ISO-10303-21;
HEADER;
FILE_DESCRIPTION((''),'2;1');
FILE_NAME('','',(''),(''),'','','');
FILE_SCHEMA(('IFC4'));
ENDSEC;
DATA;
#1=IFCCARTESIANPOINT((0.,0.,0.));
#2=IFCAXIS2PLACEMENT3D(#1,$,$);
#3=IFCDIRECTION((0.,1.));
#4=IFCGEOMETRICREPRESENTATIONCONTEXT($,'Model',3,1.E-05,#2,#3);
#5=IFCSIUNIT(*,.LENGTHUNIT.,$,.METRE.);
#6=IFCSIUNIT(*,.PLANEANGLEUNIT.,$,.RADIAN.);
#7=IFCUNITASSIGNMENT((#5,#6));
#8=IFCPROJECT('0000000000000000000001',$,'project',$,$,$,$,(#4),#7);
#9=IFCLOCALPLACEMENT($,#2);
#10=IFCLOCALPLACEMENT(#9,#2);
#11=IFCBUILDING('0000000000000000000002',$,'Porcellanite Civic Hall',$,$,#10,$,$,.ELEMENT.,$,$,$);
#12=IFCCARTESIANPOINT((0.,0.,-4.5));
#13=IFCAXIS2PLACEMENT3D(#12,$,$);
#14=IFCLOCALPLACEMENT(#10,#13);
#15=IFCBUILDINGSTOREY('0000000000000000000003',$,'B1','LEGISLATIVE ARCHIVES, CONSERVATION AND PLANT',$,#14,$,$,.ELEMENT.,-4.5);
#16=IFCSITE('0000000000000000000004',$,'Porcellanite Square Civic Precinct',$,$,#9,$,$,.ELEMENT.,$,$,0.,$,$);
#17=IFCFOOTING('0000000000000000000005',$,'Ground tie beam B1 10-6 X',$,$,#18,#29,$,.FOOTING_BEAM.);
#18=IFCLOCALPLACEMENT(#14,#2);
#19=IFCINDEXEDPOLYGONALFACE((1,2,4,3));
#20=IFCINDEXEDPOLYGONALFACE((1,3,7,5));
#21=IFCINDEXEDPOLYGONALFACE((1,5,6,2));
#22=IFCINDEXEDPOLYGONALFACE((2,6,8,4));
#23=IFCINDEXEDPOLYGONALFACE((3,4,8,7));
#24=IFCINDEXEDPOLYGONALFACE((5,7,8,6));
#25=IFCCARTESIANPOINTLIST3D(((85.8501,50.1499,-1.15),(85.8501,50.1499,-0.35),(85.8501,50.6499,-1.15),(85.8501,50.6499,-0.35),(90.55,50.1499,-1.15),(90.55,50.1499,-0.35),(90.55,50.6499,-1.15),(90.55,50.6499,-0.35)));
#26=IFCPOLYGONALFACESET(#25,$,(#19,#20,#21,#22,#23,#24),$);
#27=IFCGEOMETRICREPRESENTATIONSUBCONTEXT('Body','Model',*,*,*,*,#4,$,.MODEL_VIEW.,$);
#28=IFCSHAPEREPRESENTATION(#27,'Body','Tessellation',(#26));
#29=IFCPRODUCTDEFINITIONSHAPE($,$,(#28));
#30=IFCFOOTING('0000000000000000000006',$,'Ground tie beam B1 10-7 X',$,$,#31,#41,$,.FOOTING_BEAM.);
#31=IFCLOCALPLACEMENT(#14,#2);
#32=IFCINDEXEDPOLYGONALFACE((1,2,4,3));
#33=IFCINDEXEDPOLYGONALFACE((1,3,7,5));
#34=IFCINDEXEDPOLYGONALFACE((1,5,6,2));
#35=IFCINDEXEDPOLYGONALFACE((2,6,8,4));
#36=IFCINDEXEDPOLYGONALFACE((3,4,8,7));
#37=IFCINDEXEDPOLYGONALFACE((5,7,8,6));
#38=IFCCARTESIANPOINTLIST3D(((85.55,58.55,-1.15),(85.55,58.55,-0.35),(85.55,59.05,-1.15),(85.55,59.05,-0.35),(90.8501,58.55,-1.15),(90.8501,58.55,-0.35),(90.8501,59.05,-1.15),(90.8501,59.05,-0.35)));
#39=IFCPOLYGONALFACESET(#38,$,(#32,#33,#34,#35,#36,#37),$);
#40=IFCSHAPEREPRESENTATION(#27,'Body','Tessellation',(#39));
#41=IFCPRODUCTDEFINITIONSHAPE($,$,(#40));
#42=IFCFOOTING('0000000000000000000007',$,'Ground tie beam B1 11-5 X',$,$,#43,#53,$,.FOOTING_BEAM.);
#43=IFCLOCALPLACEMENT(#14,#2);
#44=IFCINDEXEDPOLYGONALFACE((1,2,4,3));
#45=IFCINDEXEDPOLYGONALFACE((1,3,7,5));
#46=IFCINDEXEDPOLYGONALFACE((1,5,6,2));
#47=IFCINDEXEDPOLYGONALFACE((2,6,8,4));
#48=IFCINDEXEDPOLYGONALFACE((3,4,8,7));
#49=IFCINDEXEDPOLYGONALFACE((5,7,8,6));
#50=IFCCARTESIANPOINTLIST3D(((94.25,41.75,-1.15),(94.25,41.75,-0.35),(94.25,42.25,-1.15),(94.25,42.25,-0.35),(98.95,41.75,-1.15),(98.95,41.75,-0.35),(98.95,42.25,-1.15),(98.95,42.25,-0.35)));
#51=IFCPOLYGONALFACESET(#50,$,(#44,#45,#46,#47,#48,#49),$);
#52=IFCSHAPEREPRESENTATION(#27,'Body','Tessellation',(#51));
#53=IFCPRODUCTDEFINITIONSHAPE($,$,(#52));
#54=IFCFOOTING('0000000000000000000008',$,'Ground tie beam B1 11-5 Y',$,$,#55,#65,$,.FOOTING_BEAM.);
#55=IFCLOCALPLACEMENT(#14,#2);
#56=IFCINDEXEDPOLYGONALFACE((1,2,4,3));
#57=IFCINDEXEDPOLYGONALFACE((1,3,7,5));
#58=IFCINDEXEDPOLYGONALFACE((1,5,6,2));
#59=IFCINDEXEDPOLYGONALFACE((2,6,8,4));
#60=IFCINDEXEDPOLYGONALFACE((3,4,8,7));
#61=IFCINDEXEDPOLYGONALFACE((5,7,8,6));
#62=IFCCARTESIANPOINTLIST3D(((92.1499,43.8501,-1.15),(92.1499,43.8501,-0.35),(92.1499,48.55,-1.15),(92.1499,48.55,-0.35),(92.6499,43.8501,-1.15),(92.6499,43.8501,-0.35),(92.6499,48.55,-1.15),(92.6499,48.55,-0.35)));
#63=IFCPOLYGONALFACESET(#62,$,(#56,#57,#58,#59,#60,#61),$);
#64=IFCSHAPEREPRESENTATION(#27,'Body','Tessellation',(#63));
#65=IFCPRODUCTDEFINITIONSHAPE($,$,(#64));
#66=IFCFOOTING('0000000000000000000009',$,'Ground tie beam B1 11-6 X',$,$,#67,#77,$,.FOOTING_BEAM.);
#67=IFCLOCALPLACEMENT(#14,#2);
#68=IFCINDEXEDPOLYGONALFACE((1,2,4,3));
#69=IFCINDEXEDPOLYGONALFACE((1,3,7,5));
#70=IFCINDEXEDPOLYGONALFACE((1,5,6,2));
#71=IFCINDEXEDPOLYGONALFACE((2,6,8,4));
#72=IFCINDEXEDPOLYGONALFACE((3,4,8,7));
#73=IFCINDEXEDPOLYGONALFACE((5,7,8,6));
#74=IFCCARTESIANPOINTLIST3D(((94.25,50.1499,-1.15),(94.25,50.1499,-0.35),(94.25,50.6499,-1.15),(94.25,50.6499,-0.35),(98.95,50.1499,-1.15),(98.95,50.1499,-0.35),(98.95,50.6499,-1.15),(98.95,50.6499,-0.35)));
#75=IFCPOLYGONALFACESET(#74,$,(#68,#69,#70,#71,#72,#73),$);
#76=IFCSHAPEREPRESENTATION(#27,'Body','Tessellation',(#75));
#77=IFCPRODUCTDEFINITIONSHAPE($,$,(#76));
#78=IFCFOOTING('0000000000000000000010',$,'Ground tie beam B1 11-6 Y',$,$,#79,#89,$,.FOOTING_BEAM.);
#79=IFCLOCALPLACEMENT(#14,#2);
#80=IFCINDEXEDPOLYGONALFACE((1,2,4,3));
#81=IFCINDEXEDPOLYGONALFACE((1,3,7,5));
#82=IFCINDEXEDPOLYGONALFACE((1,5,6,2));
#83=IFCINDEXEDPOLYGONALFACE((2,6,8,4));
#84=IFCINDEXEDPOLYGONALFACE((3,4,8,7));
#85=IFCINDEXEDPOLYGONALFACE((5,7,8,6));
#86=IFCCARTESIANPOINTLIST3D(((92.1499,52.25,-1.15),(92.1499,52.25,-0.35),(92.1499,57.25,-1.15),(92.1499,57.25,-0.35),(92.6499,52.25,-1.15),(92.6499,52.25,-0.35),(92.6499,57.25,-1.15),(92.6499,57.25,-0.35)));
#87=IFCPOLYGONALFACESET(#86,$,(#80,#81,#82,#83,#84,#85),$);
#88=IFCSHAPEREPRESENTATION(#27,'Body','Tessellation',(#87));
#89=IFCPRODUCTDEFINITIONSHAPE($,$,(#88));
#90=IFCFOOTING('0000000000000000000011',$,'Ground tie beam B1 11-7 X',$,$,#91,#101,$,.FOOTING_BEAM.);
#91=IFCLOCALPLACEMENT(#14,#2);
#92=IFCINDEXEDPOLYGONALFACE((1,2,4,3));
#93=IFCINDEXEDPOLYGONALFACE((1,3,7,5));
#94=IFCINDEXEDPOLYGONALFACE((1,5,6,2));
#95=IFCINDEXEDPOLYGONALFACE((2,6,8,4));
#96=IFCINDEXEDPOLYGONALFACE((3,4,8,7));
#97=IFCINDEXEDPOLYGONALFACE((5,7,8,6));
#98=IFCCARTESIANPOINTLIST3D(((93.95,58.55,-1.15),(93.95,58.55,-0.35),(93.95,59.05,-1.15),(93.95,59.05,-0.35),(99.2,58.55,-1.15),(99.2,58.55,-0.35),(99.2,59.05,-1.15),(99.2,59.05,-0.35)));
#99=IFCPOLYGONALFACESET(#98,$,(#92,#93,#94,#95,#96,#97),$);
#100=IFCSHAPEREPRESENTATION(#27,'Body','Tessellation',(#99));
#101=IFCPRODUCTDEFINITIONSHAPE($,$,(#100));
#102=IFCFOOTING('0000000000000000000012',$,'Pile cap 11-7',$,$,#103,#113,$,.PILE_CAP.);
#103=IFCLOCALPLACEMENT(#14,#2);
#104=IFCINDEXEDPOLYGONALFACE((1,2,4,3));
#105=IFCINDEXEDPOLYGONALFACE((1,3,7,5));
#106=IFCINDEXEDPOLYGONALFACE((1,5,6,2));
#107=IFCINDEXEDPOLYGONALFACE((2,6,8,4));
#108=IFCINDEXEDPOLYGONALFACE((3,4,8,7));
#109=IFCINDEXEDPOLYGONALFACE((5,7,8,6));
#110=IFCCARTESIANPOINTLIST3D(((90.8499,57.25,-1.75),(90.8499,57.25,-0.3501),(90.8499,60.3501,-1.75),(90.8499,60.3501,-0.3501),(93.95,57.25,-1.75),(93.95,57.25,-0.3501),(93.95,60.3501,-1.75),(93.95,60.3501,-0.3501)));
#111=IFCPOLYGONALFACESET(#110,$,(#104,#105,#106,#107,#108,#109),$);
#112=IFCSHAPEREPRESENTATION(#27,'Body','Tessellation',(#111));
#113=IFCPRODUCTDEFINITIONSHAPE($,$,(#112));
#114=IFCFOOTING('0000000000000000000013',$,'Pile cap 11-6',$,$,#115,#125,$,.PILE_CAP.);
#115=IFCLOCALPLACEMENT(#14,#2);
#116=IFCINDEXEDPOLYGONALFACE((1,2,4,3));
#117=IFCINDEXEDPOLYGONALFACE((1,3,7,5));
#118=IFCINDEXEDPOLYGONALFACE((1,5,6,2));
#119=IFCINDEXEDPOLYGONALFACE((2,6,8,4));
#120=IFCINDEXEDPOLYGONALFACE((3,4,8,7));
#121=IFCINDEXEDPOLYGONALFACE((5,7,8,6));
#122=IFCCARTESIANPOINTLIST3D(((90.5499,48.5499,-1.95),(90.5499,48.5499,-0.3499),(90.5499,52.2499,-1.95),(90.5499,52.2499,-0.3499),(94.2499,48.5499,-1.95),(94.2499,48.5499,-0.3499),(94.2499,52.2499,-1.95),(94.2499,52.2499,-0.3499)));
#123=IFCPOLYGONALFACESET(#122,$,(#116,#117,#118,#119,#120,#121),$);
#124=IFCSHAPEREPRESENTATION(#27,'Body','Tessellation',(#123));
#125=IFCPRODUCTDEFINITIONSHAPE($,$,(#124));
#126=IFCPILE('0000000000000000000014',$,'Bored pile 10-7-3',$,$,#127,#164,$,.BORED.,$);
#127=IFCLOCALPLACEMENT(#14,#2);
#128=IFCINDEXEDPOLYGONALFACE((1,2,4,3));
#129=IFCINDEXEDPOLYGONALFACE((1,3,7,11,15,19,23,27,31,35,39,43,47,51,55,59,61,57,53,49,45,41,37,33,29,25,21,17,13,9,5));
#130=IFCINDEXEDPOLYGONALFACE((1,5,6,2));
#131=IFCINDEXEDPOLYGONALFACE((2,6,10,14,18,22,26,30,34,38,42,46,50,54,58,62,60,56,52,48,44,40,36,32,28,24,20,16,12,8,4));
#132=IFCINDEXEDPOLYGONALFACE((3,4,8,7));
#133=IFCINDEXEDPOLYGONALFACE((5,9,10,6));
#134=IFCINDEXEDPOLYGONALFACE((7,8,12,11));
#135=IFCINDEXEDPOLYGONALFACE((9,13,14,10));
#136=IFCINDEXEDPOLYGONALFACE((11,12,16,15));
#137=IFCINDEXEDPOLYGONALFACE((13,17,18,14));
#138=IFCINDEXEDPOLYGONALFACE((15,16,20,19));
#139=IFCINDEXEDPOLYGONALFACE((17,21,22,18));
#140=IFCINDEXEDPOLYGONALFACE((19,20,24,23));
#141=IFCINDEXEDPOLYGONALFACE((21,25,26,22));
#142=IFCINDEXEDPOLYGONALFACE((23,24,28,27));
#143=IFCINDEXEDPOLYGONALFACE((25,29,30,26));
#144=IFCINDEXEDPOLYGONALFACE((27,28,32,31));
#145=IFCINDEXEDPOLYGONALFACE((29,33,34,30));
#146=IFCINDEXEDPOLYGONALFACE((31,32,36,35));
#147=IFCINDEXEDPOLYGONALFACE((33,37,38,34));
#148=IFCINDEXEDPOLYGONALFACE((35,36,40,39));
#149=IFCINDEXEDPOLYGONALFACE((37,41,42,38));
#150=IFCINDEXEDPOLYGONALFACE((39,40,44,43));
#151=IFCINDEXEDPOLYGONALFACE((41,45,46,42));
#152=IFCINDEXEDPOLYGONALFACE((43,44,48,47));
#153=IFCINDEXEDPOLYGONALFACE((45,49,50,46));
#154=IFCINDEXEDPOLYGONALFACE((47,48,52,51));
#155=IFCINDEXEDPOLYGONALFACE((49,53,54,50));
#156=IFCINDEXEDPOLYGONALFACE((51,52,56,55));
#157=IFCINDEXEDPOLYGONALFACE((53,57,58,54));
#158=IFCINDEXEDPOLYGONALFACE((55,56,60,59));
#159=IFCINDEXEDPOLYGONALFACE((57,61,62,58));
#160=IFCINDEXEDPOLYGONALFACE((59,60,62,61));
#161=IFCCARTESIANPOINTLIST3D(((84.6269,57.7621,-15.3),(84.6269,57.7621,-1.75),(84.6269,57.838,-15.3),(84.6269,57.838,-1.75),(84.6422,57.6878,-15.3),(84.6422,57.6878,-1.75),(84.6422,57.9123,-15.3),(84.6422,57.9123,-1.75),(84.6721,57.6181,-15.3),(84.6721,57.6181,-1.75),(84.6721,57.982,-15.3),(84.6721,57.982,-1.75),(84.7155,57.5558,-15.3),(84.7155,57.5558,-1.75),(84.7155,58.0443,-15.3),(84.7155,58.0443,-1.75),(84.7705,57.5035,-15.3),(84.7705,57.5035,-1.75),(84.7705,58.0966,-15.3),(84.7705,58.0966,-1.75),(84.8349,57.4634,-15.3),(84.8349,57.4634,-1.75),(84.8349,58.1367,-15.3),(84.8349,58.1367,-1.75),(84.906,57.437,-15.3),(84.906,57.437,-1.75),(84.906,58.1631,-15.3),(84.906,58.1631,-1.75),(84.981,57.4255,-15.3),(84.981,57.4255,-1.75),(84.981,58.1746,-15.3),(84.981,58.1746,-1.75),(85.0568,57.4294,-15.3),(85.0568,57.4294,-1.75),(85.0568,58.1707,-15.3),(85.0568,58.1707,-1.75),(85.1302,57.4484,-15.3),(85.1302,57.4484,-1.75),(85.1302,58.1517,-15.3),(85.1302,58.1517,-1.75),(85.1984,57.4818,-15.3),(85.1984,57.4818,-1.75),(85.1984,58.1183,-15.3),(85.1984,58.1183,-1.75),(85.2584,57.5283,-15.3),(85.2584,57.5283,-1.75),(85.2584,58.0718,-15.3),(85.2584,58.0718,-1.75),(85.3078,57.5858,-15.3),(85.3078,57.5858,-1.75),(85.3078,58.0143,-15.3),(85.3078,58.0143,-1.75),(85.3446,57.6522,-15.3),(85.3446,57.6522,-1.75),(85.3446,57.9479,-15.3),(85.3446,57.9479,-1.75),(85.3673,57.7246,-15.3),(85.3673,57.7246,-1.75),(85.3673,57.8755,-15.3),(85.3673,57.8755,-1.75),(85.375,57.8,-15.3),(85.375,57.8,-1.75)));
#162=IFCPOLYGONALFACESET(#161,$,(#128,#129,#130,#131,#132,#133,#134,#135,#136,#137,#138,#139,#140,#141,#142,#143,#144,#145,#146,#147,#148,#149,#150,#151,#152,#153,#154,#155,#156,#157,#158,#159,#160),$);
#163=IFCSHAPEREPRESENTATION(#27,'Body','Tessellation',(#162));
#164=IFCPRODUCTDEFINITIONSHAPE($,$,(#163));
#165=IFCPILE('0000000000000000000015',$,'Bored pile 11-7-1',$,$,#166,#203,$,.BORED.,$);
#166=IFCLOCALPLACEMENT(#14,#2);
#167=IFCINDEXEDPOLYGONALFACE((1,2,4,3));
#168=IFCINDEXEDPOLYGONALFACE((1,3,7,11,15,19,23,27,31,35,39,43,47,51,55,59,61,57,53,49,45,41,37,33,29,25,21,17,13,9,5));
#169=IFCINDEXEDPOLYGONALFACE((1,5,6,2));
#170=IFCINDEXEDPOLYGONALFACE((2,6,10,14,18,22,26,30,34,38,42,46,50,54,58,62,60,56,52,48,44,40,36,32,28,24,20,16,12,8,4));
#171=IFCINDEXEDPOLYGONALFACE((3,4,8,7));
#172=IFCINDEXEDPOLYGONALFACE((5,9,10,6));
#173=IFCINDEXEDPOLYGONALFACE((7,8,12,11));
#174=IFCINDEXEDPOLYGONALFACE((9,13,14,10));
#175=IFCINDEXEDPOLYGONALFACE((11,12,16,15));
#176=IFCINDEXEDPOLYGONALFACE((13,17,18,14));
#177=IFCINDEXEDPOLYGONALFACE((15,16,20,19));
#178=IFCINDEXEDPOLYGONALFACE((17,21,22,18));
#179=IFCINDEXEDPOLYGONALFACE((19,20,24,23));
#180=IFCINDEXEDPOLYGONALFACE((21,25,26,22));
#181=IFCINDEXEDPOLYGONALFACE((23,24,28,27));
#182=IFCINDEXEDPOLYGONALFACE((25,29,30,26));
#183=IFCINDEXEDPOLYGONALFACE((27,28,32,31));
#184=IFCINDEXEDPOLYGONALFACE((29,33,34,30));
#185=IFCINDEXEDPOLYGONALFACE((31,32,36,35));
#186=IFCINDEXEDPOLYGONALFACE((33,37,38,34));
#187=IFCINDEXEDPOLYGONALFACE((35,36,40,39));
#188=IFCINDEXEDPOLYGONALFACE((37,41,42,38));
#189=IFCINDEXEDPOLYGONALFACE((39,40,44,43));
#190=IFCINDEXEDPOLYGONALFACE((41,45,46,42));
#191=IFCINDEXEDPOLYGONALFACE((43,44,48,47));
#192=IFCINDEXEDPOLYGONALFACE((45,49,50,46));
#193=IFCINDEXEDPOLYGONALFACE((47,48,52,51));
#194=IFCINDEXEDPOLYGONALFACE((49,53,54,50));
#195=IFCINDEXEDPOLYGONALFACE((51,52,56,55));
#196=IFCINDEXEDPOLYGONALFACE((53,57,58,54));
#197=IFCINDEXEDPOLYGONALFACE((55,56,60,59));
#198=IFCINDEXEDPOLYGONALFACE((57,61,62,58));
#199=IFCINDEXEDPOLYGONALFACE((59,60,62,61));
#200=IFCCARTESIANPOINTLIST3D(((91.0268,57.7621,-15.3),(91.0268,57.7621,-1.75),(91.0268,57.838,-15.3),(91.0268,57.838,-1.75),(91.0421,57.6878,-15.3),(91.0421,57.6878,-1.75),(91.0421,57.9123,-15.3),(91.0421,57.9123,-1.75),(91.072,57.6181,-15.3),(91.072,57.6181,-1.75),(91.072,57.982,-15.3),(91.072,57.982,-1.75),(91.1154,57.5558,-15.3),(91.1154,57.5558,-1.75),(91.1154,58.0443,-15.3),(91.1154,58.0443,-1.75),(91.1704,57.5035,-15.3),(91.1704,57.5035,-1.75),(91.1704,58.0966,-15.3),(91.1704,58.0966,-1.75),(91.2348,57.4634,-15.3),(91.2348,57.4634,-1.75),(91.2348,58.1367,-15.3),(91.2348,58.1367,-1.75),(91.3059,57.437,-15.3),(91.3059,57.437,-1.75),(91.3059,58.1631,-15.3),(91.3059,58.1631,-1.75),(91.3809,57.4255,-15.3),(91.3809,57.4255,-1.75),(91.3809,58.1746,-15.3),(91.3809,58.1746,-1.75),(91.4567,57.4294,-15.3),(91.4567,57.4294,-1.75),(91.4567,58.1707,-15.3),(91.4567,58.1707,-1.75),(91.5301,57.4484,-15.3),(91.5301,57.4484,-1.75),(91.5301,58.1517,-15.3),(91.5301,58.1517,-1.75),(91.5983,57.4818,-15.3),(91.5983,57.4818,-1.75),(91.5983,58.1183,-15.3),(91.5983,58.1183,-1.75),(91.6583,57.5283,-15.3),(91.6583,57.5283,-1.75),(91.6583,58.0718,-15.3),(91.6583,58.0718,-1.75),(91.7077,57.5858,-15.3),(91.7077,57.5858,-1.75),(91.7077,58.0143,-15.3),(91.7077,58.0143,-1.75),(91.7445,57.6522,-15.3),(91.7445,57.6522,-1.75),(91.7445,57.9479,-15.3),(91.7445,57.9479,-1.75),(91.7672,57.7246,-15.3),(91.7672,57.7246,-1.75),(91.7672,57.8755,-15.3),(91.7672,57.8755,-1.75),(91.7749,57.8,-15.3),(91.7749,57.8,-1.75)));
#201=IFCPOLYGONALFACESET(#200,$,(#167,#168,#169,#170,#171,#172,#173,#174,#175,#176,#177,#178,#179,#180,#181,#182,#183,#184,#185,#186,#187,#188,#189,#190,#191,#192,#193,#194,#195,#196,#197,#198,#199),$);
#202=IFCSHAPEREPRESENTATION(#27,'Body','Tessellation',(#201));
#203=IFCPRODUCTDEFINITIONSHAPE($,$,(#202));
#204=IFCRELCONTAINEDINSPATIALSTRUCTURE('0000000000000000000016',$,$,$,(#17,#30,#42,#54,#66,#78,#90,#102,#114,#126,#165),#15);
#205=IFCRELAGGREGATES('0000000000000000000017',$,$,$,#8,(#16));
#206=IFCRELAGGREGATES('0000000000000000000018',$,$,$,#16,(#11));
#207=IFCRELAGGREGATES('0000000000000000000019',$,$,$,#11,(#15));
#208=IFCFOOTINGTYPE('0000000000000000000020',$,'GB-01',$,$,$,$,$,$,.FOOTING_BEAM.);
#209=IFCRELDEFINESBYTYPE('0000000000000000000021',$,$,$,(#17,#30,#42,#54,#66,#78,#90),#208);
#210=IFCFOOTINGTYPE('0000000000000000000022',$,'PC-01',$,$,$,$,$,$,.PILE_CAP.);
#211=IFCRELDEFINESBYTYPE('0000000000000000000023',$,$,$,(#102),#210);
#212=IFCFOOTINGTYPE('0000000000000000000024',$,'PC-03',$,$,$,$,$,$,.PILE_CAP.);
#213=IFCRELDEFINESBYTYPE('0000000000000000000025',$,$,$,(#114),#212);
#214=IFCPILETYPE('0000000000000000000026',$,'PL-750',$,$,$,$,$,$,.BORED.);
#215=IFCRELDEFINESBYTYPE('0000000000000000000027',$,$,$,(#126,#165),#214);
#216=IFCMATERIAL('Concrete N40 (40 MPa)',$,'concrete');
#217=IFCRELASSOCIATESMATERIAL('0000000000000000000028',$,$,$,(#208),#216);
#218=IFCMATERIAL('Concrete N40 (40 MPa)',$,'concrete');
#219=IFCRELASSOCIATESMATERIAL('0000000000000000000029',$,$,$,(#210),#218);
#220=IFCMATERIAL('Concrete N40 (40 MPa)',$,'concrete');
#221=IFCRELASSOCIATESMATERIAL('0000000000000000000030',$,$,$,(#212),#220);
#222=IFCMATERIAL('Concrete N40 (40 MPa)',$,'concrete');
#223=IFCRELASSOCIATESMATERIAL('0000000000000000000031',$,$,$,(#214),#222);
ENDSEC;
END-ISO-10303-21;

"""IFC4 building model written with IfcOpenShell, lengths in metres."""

from ifc_helpers import new_model, si_unit, direction, frame, origin, origin_2d, place, context, subcontext, project, spatial, rectangle, circle, extrude, material, material_profile, profile_set, type_object, element, save


model = new_model("IFC4")

# Units and contexts
model_context = context("Model", 3, precision=1e-05, world=origin(), true_north=direction((0.0, 1.0)))
body_context = subcontext(model_context, "Body", "Model", "MODEL_VIEW")
ifc_project = project(units=[si_unit("LENGTHUNIT", "METRE"), si_unit("PLANEANGLEUNIT", "RADIAN")], contexts=[model_context])

# Site, building, storey
site_placement = place(None, origin())
site = spatial("IfcSite", under=ifc_project, at=site_placement, Name="Porcellanite Square Civic Precinct", CompositionType="ELEMENT", RefElevation=0.0)
building_placement = place(site_placement, origin())
building = spatial("IfcBuilding", under=site, at=building_placement, Name="Porcellanite Civic Hall", CompositionType="ELEMENT")
storey_placement = place(building_placement, frame((0.0, 0.0, -4.5)))
storey = spatial("IfcBuildingStorey", under=building, at=storey_placement, Name="B1", Description="LEGISLATIVE ARCHIVES, CONSERVATION AND PLANT", CompositionType="ELEMENT", Elevation=-4.5)

# Footings
ifc_material_1 = material(Name="Concrete N40 (40 MPa)", Category="concrete")
ifc_material_profile_1 = material_profile(ifc_material_1, rectangle(XDim=0.5, YDim=0.8, at=origin_2d()), Name="RC-500x800")
ifc_profile_set_1 = profile_set([ifc_material_profile_1], Name="Concrete N40 (40 MPa)")
footing_type_1 = type_object("IfcFootingType", Name="GB-01", PredefinedType="FOOTING_BEAM", material=ifc_profile_set_1)
footing_1_placement = place(storey_placement, frame((85.8501, 50.3999, -0.75), z_axis=(1.0, 0.0, 0.0), x_axis=(0.0, 1.0, 0.0)))
element("IfcFooting", 1, at=footing_1_placement, inside=storey, type_object=footing_type_1, Name="Ground tie beam B1 10-6 X", PredefinedType="FOOTING_BEAM", context=body_context, shape_type="SweptSolid", body=[
    extrude(rectangle(XDim=0.5, YDim=0.8, at=origin_2d()), origin(), (0.0, 0.0, 1.0), 4.7),
])
footing_2_placement = place(storey_placement, frame((85.55, 58.8, -0.75), z_axis=(1.0, 0.0, 0.0), x_axis=(0.0, 1.0, 0.0)))
element("IfcFooting", 2, at=footing_2_placement, inside=storey, type_object=footing_type_1, Name="Ground tie beam B1 10-7 X", PredefinedType="FOOTING_BEAM", context=body_context, shape_type="SweptSolid", body=[
    extrude(rectangle(XDim=0.5, YDim=0.8, at=origin_2d()), origin(), (0.0, 0.0, 1.0), 5.3),
])
for number, where, z_axis, x_axis, name in (
    (3, (94.25, 42.0, -0.75), (1.0, 0.0, 0.0), (0.0, 1.0, 0.0), "Ground tie beam B1 11-5 X"),
    (4, (92.3999, 43.8501, -0.75), (0.0, 1.0, 0.0), (-1.0, 0.0, 0.0), "Ground tie beam B1 11-5 Y"),
    (5, (94.25, 50.3999, -0.75), (1.0, 0.0, 0.0), (0.0, 1.0, 0.0), "Ground tie beam B1 11-6 X"),
):
    element("IfcFooting", number, at=place(storey_placement, frame(where, z_axis=z_axis, x_axis=x_axis)), inside=storey, type_object=footing_type_1, Name=name, PredefinedType="FOOTING_BEAM", context=body_context, shape_type="SweptSolid", body=[
        extrude(rectangle(XDim=0.5, YDim=0.8, at=origin_2d()), origin(), (0.0, 0.0, 1.0), 4.7),
    ])
footing_3_placement = place(storey_placement, frame((92.3999, 52.25, -0.75), z_axis=(0.0, 1.0, 0.0), x_axis=(-1.0, 0.0, 0.0)))
element("IfcFooting", 6, at=footing_3_placement, inside=storey, type_object=footing_type_1, Name="Ground tie beam B1 11-6 Y", PredefinedType="FOOTING_BEAM", context=body_context, shape_type="SweptSolid", body=[
    extrude(rectangle(XDim=0.5, YDim=0.8, at=origin_2d()), origin(), (0.0, 0.0, 1.0), 5.0),
])
footing_4_placement = place(storey_placement, frame((93.95, 58.8, -0.75), z_axis=(1.0, 0.0, 0.0), x_axis=(0.0, 1.0, 0.0)))
element("IfcFooting", 7, at=footing_4_placement, inside=storey, type_object=footing_type_1, Name="Ground tie beam B1 11-7 X", PredefinedType="FOOTING_BEAM", context=body_context, shape_type="SweptSolid", body=[
    extrude(rectangle(XDim=0.5, YDim=0.8, at=origin_2d()), origin(), (0.0, 0.0, 1.0), 5.25),
])
ifc_material_2 = material(Name="Concrete N40 (40 MPa)", Category="concrete")
footing_type_2 = type_object("IfcFootingType", Name="PC-01", PredefinedType="PILE_CAP", material=ifc_material_2)
footing_5_placement = place(storey_placement, frame((92.3999, 58.8, -1.75), z_axis=(0.0, 0.0, 1.0), x_axis=(1.0, 0.0, 0.0)))
element("IfcFooting", 8, at=footing_5_placement, inside=storey, type_object=footing_type_2, Name="Pile cap 11-7", PredefinedType="PILE_CAP", context=body_context, shape_type="SweptSolid", body=[
    extrude(rectangle(XDim=3.1001, YDim=3.1001, at=origin_2d()), origin(), (0.0, 0.0, 1.0), 1.3999),
])
ifc_material_3 = material(Name="Concrete N40 (40 MPa)", Category="concrete")
footing_type_3 = type_object("IfcFootingType", Name="PC-03", PredefinedType="PILE_CAP", material=ifc_material_3)
footing_6_placement = place(storey_placement, frame((92.3999, 50.3999, -1.95), z_axis=(0.0, 0.0, 1.0), x_axis=(1.0, 0.0, 0.0)))
element("IfcFooting", 9, at=footing_6_placement, inside=storey, type_object=footing_type_3, Name="Pile cap 11-6", PredefinedType="PILE_CAP", context=body_context, shape_type="SweptSolid", body=[
    extrude(rectangle(XDim=3.7, YDim=3.7, at=origin_2d()), origin(), (0.0, 0.0, 1.0), 1.6001),
])

# Piles
ifc_material_4 = material(Name="Concrete N40 (40 MPa)", Category="concrete")
ifc_material_profile_2 = material_profile(ifc_material_4, circle(Radius=0.375, at=origin_2d()), Name="PILE-D750")
ifc_profile_set_2 = profile_set([ifc_material_profile_2], Name="Concrete N40 (40 MPa)")
pile_type_1 = type_object("IfcPileType", Name="PL-750", PredefinedType="BORED", material=ifc_profile_set_2)
for number, where, z_axis, x_axis, name in (
    (10, (85.0, 57.8, -1.75), (0.0, 0.0, -1.0), (1.0, 0.0, 0.0), "Bored pile 10-7-3"),
    (11, (91.3999, 57.8, -1.75), (0.0, 0.0, -1.0), (1.0, 0.0, 0.0), "Bored pile 11-7-1"),
):
    element("IfcPile", number, at=place(storey_placement, frame(where, z_axis=z_axis, x_axis=x_axis)), inside=storey, type_object=pile_type_1, Name=name, PredefinedType="BORED", context=body_context, shape_type="SweptSolid", body=[
        extrude(circle(Radius=0.375, at=origin_2d()), origin(), (0.0, 0.0, 1.0), 13.55),
    ])

save(model, "model.ifc")
